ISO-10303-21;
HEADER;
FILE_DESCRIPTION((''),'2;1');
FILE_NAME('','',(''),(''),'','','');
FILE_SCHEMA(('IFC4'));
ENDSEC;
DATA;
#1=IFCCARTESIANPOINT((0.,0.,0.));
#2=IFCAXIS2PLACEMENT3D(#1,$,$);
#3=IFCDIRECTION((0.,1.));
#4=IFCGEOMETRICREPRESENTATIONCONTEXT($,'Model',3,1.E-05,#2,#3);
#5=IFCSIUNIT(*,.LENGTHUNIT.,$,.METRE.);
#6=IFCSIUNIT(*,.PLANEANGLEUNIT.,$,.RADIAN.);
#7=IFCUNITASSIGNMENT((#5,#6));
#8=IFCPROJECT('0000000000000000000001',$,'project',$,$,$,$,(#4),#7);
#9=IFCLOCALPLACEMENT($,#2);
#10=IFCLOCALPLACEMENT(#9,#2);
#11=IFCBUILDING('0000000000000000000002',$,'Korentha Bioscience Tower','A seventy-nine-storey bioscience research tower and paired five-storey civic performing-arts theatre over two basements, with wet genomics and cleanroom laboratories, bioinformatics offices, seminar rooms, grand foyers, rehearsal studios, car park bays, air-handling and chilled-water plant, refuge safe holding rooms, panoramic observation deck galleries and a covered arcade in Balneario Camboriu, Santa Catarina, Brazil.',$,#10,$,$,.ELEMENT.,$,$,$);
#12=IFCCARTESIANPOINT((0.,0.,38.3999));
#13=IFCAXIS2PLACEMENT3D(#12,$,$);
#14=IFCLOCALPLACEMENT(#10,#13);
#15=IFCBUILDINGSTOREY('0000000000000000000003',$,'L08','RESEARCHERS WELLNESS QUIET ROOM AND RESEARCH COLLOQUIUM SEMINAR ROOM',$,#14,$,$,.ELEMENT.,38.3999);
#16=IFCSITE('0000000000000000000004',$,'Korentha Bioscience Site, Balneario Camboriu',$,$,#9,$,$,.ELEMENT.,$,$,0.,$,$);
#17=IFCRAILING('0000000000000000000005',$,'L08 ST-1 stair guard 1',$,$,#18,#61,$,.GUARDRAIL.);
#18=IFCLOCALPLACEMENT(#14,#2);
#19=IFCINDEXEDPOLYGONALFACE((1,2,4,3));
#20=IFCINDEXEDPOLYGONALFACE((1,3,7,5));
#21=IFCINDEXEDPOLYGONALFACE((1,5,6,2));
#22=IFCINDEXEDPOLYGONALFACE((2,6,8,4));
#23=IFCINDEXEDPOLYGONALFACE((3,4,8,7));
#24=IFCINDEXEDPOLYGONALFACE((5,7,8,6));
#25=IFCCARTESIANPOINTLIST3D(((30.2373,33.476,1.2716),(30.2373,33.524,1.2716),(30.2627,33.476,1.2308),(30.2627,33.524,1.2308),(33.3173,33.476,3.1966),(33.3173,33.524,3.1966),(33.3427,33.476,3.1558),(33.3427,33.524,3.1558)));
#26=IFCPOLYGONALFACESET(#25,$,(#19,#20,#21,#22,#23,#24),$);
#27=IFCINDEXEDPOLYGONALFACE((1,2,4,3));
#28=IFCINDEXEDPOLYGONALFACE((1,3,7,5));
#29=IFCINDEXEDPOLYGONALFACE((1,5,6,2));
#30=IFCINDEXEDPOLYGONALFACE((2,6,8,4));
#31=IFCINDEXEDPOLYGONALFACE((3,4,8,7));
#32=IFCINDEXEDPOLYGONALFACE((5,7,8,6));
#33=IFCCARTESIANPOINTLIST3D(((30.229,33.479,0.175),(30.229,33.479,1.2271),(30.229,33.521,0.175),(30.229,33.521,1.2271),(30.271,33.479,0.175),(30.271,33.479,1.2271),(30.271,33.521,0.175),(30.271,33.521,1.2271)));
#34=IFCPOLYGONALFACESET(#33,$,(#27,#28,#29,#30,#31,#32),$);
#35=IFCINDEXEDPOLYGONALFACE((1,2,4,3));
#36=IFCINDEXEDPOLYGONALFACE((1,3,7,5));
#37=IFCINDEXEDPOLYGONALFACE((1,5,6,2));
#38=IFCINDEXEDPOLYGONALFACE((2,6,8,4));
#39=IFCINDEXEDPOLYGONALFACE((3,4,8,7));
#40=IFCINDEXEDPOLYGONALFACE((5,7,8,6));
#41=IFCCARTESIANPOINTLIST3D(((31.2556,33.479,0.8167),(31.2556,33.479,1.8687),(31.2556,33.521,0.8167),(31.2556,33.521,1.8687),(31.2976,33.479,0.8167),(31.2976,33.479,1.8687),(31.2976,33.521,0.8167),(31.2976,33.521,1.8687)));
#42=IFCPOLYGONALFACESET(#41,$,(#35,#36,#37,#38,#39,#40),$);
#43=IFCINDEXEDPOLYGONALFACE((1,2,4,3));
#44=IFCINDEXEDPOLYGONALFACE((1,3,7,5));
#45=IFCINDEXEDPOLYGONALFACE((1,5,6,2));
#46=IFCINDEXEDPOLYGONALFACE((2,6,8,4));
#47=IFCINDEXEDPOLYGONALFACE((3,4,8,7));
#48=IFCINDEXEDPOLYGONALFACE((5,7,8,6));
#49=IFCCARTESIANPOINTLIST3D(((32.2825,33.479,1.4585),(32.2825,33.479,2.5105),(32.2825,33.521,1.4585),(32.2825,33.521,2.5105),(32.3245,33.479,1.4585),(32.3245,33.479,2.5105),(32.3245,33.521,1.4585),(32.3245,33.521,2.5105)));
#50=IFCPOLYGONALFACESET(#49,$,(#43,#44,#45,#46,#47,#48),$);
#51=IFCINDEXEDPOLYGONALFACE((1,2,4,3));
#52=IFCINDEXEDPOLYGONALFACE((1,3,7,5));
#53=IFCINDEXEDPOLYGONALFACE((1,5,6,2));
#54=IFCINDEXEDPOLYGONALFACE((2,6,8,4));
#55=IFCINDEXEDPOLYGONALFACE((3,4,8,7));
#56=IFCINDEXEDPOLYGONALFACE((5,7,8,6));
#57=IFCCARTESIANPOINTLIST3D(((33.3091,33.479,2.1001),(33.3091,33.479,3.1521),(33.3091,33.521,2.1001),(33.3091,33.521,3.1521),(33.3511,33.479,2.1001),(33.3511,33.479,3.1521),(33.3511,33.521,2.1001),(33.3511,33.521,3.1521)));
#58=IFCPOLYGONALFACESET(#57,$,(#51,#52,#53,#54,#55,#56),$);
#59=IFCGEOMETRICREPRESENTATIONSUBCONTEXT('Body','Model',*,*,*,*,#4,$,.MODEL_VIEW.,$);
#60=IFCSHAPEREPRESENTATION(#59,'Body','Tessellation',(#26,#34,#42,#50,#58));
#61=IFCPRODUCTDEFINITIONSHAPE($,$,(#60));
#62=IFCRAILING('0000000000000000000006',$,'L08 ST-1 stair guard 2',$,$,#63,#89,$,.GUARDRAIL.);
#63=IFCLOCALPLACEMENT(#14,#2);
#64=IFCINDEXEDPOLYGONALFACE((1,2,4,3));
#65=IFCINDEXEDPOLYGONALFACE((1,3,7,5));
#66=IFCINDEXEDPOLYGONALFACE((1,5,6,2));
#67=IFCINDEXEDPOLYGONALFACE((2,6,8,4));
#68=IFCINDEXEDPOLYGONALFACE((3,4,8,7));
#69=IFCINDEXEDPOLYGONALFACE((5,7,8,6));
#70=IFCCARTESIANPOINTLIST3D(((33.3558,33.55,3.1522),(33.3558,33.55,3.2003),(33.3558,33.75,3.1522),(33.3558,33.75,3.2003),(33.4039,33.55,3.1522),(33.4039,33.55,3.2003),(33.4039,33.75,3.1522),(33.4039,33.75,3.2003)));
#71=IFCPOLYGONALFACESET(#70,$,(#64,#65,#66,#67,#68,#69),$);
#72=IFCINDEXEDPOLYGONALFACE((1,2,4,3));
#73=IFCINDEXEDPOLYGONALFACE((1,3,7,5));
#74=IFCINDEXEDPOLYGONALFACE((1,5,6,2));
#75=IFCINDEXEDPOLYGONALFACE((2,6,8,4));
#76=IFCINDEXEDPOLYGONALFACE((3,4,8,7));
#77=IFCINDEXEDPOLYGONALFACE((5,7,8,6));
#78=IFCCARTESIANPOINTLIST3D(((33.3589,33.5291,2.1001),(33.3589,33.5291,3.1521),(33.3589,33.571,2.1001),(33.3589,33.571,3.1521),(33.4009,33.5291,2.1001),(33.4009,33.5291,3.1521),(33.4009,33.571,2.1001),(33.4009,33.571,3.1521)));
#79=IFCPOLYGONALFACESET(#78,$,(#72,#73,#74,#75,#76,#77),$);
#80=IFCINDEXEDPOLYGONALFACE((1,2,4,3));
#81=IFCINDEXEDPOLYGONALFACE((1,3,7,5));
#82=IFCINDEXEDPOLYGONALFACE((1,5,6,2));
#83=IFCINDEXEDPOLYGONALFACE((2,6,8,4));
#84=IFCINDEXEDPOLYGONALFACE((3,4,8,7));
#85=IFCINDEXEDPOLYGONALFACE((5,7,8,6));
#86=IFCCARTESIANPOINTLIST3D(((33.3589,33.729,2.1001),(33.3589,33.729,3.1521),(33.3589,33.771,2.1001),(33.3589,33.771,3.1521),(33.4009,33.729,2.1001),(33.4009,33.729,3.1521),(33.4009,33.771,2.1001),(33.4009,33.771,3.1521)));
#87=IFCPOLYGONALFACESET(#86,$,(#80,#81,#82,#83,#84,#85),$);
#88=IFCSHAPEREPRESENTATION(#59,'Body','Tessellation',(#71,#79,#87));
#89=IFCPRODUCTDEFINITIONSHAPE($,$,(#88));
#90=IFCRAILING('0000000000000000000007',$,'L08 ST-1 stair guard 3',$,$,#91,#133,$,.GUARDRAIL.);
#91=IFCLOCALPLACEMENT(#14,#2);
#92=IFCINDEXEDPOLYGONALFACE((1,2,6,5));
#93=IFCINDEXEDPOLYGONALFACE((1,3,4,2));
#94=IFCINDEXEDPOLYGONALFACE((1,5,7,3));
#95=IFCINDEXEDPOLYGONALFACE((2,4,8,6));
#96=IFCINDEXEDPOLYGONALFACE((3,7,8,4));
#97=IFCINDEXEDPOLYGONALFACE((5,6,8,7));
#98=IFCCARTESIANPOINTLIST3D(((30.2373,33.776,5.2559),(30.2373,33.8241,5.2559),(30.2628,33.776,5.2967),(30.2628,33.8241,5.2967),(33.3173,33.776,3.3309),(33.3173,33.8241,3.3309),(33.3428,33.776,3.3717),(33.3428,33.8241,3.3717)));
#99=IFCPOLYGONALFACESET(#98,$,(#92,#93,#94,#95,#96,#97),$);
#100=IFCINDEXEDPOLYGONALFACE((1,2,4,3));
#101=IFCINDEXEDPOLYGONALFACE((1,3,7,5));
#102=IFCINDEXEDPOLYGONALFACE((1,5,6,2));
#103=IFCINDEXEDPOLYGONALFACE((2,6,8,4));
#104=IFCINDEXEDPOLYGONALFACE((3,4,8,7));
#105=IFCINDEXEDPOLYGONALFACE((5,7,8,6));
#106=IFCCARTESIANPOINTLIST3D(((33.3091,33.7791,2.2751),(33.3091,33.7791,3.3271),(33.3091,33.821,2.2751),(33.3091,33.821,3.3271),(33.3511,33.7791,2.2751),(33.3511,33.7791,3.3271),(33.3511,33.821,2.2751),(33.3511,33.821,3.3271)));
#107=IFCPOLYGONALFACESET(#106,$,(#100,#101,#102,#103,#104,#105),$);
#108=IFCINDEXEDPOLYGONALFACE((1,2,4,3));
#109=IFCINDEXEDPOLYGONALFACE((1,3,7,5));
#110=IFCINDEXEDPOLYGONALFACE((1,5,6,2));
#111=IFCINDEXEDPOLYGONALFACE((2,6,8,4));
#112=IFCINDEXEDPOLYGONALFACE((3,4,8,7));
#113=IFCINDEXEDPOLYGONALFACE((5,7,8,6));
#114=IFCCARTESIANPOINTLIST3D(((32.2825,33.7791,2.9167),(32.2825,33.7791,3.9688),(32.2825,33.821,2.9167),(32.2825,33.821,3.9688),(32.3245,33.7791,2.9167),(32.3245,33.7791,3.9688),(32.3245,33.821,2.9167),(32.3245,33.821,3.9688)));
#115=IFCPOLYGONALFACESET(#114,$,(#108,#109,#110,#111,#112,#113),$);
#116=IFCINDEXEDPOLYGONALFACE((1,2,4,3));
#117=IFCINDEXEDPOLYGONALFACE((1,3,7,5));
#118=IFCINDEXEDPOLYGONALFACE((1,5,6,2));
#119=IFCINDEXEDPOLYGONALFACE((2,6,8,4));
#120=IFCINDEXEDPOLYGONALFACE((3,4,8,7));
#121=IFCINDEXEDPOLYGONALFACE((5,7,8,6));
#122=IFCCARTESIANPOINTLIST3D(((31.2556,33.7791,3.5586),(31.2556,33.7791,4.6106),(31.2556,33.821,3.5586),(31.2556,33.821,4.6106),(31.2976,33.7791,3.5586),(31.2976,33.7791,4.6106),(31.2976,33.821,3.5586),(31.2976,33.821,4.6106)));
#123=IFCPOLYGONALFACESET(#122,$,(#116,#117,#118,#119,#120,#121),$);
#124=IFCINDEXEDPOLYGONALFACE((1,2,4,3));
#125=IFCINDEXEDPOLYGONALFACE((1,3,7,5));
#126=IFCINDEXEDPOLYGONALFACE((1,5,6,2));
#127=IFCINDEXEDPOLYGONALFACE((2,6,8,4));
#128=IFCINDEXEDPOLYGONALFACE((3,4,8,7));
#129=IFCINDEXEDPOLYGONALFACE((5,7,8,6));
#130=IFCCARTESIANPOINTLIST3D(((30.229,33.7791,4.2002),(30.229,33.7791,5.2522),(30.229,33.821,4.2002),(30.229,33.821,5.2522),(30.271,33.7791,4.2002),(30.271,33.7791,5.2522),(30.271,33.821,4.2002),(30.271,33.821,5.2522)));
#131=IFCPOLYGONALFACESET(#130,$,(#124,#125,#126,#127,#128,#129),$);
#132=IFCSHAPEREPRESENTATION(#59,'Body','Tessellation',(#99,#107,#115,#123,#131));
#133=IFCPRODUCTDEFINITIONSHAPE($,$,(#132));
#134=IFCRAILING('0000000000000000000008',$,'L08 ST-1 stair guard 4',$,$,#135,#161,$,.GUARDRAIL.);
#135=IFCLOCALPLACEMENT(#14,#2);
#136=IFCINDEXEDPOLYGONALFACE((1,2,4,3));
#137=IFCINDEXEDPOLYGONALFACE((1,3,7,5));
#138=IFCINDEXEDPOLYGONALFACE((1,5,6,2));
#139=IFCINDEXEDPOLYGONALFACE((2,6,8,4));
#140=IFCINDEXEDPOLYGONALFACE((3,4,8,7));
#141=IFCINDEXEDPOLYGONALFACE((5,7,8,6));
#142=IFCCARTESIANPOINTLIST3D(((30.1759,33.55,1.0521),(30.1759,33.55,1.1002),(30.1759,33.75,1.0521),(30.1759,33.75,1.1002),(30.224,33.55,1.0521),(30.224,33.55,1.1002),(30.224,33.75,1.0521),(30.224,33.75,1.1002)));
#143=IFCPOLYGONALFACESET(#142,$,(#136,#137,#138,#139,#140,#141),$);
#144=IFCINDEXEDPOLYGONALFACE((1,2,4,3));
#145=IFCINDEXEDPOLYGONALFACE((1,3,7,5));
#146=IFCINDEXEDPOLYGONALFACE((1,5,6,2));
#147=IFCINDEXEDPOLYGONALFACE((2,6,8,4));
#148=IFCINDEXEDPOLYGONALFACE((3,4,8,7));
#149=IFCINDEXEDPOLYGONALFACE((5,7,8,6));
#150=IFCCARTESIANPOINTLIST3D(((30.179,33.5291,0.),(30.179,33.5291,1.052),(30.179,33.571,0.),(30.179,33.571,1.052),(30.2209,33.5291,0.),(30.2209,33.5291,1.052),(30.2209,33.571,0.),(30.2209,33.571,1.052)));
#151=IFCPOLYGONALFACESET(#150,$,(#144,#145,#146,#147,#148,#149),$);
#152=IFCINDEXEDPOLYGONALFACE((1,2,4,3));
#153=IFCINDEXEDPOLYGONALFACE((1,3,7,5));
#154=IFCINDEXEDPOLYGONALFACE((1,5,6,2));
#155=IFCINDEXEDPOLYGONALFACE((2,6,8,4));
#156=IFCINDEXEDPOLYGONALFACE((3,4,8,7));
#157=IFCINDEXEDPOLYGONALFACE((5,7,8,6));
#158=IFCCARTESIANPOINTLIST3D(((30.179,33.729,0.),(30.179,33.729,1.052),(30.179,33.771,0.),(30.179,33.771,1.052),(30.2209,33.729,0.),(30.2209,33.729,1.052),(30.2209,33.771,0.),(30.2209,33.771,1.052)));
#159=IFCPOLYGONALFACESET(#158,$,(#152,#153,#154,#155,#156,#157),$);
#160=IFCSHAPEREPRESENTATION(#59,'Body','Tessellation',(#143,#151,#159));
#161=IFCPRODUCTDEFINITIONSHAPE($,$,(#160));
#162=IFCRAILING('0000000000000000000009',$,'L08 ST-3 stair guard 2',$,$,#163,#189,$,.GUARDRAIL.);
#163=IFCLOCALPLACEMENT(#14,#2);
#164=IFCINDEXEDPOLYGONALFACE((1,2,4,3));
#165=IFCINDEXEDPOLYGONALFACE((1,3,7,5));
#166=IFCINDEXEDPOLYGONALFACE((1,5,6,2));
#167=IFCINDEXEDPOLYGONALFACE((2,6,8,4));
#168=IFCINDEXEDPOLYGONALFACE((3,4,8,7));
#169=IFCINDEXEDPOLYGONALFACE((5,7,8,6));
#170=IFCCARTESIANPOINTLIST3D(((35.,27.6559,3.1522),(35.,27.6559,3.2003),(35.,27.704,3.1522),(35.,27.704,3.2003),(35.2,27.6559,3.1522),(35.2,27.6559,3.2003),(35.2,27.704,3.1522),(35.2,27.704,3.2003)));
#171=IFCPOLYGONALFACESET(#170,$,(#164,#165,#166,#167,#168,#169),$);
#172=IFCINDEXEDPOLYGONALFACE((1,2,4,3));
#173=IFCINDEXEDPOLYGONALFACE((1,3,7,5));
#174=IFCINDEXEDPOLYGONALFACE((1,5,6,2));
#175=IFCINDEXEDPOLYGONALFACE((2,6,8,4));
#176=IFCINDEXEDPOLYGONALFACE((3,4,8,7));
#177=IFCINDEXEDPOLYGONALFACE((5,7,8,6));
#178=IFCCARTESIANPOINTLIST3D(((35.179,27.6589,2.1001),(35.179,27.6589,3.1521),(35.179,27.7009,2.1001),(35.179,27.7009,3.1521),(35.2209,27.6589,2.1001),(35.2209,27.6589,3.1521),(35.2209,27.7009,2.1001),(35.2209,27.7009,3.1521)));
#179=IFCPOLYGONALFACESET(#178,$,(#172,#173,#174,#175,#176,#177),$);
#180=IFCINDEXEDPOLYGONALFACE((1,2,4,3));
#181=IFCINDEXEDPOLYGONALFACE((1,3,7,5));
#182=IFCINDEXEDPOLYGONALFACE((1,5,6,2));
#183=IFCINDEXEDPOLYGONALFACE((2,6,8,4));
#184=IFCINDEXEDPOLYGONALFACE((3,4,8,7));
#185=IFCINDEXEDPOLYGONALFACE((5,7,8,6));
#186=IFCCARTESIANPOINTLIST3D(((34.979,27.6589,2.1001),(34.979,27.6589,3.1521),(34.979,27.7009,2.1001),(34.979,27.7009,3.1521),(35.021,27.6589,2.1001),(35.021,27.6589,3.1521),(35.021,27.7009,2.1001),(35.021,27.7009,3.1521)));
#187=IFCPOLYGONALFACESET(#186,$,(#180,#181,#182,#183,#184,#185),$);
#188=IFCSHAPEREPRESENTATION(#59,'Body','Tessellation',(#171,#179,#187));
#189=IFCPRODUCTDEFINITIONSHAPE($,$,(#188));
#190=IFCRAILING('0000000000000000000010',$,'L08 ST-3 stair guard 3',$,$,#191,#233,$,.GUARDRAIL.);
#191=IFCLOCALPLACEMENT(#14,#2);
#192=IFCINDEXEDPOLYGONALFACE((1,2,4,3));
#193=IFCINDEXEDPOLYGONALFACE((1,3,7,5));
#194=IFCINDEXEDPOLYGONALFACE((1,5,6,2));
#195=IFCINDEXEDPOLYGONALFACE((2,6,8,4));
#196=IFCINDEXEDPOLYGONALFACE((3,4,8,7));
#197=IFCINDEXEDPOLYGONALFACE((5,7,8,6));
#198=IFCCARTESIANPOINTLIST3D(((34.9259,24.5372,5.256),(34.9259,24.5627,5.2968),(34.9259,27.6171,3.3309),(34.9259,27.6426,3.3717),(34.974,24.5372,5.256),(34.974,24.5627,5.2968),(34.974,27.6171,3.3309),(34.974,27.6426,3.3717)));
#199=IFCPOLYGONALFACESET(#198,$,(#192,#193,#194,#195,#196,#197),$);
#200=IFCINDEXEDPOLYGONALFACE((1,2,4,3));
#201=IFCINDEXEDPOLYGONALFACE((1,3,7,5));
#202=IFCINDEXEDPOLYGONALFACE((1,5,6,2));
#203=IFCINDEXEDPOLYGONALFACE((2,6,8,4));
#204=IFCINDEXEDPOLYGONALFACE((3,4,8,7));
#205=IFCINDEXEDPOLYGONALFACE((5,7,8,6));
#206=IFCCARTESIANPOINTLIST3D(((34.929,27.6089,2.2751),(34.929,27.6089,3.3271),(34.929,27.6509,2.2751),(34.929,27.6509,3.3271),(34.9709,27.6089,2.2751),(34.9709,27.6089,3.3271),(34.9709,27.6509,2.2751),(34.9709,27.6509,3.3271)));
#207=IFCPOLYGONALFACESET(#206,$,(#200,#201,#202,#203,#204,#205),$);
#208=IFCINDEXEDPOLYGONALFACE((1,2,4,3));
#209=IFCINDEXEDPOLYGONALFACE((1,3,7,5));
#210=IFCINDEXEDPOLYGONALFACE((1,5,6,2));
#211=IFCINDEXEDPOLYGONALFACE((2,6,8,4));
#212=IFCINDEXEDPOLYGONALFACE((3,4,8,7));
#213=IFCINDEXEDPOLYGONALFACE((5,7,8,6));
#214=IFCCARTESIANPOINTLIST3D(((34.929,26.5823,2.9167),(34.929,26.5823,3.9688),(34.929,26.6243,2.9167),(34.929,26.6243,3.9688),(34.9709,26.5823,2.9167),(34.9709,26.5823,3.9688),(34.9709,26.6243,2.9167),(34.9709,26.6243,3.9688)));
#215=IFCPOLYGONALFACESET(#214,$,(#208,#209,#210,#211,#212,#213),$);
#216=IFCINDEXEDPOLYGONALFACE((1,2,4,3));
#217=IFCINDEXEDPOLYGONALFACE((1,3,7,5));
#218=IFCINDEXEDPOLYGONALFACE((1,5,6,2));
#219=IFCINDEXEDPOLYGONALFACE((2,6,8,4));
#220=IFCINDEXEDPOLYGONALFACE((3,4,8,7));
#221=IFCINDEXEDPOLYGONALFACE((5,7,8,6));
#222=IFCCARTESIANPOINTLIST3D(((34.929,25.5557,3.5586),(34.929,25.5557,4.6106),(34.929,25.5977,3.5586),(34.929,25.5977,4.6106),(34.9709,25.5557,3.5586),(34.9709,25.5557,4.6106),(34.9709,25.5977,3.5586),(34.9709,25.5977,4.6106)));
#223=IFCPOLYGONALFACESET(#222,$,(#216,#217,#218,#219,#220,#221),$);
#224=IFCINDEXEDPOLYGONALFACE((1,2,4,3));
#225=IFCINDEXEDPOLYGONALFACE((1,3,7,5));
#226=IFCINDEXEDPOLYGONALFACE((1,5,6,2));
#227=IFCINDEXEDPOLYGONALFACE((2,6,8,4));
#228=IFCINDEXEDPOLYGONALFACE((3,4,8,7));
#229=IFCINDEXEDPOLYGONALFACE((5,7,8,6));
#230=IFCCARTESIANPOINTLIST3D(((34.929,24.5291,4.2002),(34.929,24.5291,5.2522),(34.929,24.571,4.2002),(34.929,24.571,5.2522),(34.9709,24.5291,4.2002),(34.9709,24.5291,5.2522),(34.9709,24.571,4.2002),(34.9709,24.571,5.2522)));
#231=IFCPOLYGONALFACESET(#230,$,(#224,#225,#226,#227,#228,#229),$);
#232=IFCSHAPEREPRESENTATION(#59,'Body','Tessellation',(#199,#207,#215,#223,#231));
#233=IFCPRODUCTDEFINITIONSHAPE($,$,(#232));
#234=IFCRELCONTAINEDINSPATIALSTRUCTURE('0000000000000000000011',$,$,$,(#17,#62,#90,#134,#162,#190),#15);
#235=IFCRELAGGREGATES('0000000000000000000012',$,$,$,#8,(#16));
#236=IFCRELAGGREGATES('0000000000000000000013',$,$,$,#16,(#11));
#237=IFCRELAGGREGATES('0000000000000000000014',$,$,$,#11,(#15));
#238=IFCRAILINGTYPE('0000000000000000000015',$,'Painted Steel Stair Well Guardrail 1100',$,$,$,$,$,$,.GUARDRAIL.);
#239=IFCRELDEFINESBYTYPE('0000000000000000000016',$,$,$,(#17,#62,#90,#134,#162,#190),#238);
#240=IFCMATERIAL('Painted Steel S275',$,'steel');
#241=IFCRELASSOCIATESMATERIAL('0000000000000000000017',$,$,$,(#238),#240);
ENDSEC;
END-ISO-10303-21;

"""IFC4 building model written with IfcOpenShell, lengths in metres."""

from ifc_helpers import new_model, si_unit, direction, frame, origin, origin_2d, place, context, subcontext, project, spatial, rectangle, extrude, material, type_object, element, save


model = new_model("IFC4")

# Units and contexts
model_context = context("Model", 3, precision=1e-05, world=origin(), true_north=direction((0.0, 1.0)))
body_context = subcontext(model_context, "Body", "Model", "MODEL_VIEW")
ifc_project = project(units=[si_unit("LENGTHUNIT", "METRE"), si_unit("PLANEANGLEUNIT", "RADIAN")], contexts=[model_context])

# Site, building, storey
site_placement = place(None, origin())
site = spatial("IfcSite", under=ifc_project, at=site_placement, Name="Korentha Bioscience Site, Balneario Camboriu", CompositionType="ELEMENT", RefElevation=0.0)
building_placement = place(site_placement, origin())
building = spatial("IfcBuilding", under=site, at=building_placement, Name="Korentha Bioscience Tower", Description="A seventy-nine-storey bioscience research tower and paired five-storey civic performing-arts theatre over two basements, with wet genomics and cleanroom laboratories, bioinformatics offices, seminar rooms, grand foyers, rehearsal studios, car park bays, air-handling and chilled-water plant, refuge safe holding rooms, panoramic observation deck galleries and a covered arcade in Balneario Camboriu, Santa Catarina, Brazil.", CompositionType="ELEMENT")
storey_placement = place(building_placement, frame((0.0, 0.0, 38.3999)))
storey = spatial("IfcBuildingStorey", under=building, at=storey_placement, Name="L08", Description="RESEARCHERS WELLNESS QUIET ROOM AND RESEARCH COLLOQUIUM SEMINAR ROOM", CompositionType="ELEMENT", Elevation=38.3999)

# Railings
ifc_material_1 = material(Name="Painted Steel S275", Category="steel")
railing_type_1 = type_object("IfcRailingType", Name="Painted Steel Stair Well Guardrail 1100", PredefinedType="GUARDRAIL", material=ifc_material_1)
railing_1_placement = place(storey_placement, frame((30.25, 33.5, 0.175)))
element("IfcRailing", 1, at=railing_1_placement, inside=storey, type_object=railing_type_1, Name="L08 ST-1 stair guard 1", PredefinedType="GUARDRAIL", context=body_context, shape_type="SweptSolid", body=[
    extrude(rectangle(XDim=0.0481, YDim=0.0481, at=origin_2d()), frame((0.0, 0.0, 1.0762), z_axis=(0.847998, 0.0, 0.529999), x_axis=(0.0, 1.0, 0.0)), (0.0, 0.0, 1.0), 3.6321),
    extrude(rectangle(XDim=0.042, YDim=0.042, at=origin_2d()), origin(), (0.0, 0.0, 1.0), 1.052),
    extrude(rectangle(XDim=0.042, YDim=0.042, at=origin_2d()), frame((1.0266, 0.0, 0.6416)), (0.0, 0.0, 1.0), 1.052),
    extrude(rectangle(XDim=0.042, YDim=0.042, at=origin_2d()), frame((2.0535, 0.0, 1.2834)), (0.0, 0.0, 1.0), 1.052),
    extrude(rectangle(XDim=0.042, YDim=0.042, at=origin_2d()), frame((3.0801, 0.0, 1.925)), (0.0, 0.0, 1.0), 1.052),
])
railing_2_placement = place(storey_placement, frame((33.3799, 33.55, 2.1001)))
element("IfcRailing", 2, at=railing_2_placement, inside=storey, type_object=railing_type_1, Name="L08 ST-1 stair guard 2", PredefinedType="GUARDRAIL", context=body_context, shape_type="SweptSolid", body=[
    extrude(rectangle(XDim=0.0481, YDim=0.0481, at=origin_2d()), frame((0.0, 0.0, 1.0762), z_axis=(0.0, 1.0, 0.0), x_axis=(-1.0, 0.0, 0.0)), (0.0, 0.0, 1.0), 0.2),
    extrude(rectangle(XDim=0.042, YDim=0.042, at=origin_2d()), origin(), (0.0, 0.0, 1.0), 1.052),
    extrude(rectangle(XDim=0.042, YDim=0.042, at=origin_2d()), frame((0.0, 0.2, 0.0)), (0.0, 0.0, 1.0), 1.052),
])
railing_3_placement = place(storey_placement, frame((33.3301, 33.8, 2.2751)))
element("IfcRailing", 3, at=railing_3_placement, inside=storey, type_object=railing_type_1, Name="L08 ST-1 stair guard 3", PredefinedType="GUARDRAIL", context=body_context, shape_type="SweptSolid", body=[
    extrude(rectangle(XDim=0.0481, YDim=0.0481, at=origin_2d()), frame((0.0, 0.0, 1.0762), z_axis=(-0.847998, 0.0, 0.529999), x_axis=(0.0, -1.0, 0.0)), (0.0, 0.0, 1.0), 3.6321),
    extrude(rectangle(XDim=0.042, YDim=0.042, at=origin_2d()), origin(), (0.0, 0.0, 1.0), 1.052),
    extrude(rectangle(XDim=0.042, YDim=0.042, at=origin_2d()), frame((-1.0266, 0.0, 0.6416)), (0.0, 0.0, 1.0), 1.052),
    extrude(rectangle(XDim=0.042, YDim=0.042, at=origin_2d()), frame((-2.0535, 0.0, 1.2834)), (0.0, 0.0, 1.0), 1.052),
    extrude(rectangle(XDim=0.042, YDim=0.042, at=origin_2d()), frame((-3.0801, 0.0, 1.925)), (0.0, 0.0, 1.0), 1.052),
])
railing_4_placement = place(storey_placement, frame((30.2, 33.55, 0.0)))
element("IfcRailing", 4, at=railing_4_placement, inside=storey, type_object=railing_type_1, Name="L08 ST-1 stair guard 4", PredefinedType="GUARDRAIL", context=body_context, shape_type="SweptSolid", body=[
    extrude(rectangle(XDim=0.0481, YDim=0.0481, at=origin_2d()), frame((0.0, 0.0, 1.0762), z_axis=(0.0, 1.0, 0.0), x_axis=(-1.0, 0.0, 0.0)), (0.0, 0.0, 1.0), 0.2),
    extrude(rectangle(XDim=0.042, YDim=0.042, at=origin_2d()), origin(), (0.0, 0.0, 1.0), 1.052),
    extrude(rectangle(XDim=0.042, YDim=0.042, at=origin_2d()), frame((0.0, 0.2, 0.0)), (0.0, 0.0, 1.0), 1.052),
])
railing_5_placement = place(storey_placement, frame((35.2, 27.6799, 2.1001)))
element("IfcRailing", 5, at=railing_5_placement, inside=storey, type_object=railing_type_1, Name="L08 ST-3 stair guard 2", PredefinedType="GUARDRAIL", context=body_context, shape_type="SweptSolid", body=[
    extrude(rectangle(XDim=0.0481, YDim=0.0481, at=origin_2d()), frame((0.0, 0.0, 1.0762), z_axis=(-1.0, 0.0, 0.0), x_axis=(0.0, -1.0, 0.0)), (0.0, 0.0, 1.0), 0.2),
    extrude(rectangle(XDim=0.042, YDim=0.042, at=origin_2d()), origin(), (0.0, 0.0, 1.0), 1.052),
    extrude(rectangle(XDim=0.042, YDim=0.042, at=origin_2d()), frame((-0.2, 0.0, 0.0)), (0.0, 0.0, 1.0), 1.052),
])
railing_6_placement = place(storey_placement, frame((34.95, 27.6299, 2.2751)))
element("IfcRailing", 6, at=railing_6_placement, inside=storey, type_object=railing_type_1, Name="L08 ST-3 stair guard 3", PredefinedType="GUARDRAIL", context=body_context, shape_type="SweptSolid", body=[
    extrude(rectangle(XDim=0.0481, YDim=0.0481, at=origin_2d()), frame((0.0, 0.0, 1.0762), z_axis=(0.0, -0.847979, 0.530029), x_axis=(1.0, 0.0, 0.0)), (0.0, 0.0, 1.0), 3.6321),
    extrude(rectangle(XDim=0.042, YDim=0.042, at=origin_2d()), origin(), (0.0, 0.0, 1.0), 1.052),
    extrude(rectangle(XDim=0.042, YDim=0.042, at=origin_2d()), frame((0.0, -1.0266, 0.6416)), (0.0, 0.0, 1.0), 1.052),
    extrude(rectangle(XDim=0.042, YDim=0.042, at=origin_2d()), frame((0.0, -2.0532, 1.2834)), (0.0, 0.0, 1.0), 1.052),
    extrude(rectangle(XDim=0.042, YDim=0.042, at=origin_2d()), frame((0.0, -3.0798, 1.925)), (0.0, 0.0, 1.0), 1.052),
])

save(model, "model.ifc")
